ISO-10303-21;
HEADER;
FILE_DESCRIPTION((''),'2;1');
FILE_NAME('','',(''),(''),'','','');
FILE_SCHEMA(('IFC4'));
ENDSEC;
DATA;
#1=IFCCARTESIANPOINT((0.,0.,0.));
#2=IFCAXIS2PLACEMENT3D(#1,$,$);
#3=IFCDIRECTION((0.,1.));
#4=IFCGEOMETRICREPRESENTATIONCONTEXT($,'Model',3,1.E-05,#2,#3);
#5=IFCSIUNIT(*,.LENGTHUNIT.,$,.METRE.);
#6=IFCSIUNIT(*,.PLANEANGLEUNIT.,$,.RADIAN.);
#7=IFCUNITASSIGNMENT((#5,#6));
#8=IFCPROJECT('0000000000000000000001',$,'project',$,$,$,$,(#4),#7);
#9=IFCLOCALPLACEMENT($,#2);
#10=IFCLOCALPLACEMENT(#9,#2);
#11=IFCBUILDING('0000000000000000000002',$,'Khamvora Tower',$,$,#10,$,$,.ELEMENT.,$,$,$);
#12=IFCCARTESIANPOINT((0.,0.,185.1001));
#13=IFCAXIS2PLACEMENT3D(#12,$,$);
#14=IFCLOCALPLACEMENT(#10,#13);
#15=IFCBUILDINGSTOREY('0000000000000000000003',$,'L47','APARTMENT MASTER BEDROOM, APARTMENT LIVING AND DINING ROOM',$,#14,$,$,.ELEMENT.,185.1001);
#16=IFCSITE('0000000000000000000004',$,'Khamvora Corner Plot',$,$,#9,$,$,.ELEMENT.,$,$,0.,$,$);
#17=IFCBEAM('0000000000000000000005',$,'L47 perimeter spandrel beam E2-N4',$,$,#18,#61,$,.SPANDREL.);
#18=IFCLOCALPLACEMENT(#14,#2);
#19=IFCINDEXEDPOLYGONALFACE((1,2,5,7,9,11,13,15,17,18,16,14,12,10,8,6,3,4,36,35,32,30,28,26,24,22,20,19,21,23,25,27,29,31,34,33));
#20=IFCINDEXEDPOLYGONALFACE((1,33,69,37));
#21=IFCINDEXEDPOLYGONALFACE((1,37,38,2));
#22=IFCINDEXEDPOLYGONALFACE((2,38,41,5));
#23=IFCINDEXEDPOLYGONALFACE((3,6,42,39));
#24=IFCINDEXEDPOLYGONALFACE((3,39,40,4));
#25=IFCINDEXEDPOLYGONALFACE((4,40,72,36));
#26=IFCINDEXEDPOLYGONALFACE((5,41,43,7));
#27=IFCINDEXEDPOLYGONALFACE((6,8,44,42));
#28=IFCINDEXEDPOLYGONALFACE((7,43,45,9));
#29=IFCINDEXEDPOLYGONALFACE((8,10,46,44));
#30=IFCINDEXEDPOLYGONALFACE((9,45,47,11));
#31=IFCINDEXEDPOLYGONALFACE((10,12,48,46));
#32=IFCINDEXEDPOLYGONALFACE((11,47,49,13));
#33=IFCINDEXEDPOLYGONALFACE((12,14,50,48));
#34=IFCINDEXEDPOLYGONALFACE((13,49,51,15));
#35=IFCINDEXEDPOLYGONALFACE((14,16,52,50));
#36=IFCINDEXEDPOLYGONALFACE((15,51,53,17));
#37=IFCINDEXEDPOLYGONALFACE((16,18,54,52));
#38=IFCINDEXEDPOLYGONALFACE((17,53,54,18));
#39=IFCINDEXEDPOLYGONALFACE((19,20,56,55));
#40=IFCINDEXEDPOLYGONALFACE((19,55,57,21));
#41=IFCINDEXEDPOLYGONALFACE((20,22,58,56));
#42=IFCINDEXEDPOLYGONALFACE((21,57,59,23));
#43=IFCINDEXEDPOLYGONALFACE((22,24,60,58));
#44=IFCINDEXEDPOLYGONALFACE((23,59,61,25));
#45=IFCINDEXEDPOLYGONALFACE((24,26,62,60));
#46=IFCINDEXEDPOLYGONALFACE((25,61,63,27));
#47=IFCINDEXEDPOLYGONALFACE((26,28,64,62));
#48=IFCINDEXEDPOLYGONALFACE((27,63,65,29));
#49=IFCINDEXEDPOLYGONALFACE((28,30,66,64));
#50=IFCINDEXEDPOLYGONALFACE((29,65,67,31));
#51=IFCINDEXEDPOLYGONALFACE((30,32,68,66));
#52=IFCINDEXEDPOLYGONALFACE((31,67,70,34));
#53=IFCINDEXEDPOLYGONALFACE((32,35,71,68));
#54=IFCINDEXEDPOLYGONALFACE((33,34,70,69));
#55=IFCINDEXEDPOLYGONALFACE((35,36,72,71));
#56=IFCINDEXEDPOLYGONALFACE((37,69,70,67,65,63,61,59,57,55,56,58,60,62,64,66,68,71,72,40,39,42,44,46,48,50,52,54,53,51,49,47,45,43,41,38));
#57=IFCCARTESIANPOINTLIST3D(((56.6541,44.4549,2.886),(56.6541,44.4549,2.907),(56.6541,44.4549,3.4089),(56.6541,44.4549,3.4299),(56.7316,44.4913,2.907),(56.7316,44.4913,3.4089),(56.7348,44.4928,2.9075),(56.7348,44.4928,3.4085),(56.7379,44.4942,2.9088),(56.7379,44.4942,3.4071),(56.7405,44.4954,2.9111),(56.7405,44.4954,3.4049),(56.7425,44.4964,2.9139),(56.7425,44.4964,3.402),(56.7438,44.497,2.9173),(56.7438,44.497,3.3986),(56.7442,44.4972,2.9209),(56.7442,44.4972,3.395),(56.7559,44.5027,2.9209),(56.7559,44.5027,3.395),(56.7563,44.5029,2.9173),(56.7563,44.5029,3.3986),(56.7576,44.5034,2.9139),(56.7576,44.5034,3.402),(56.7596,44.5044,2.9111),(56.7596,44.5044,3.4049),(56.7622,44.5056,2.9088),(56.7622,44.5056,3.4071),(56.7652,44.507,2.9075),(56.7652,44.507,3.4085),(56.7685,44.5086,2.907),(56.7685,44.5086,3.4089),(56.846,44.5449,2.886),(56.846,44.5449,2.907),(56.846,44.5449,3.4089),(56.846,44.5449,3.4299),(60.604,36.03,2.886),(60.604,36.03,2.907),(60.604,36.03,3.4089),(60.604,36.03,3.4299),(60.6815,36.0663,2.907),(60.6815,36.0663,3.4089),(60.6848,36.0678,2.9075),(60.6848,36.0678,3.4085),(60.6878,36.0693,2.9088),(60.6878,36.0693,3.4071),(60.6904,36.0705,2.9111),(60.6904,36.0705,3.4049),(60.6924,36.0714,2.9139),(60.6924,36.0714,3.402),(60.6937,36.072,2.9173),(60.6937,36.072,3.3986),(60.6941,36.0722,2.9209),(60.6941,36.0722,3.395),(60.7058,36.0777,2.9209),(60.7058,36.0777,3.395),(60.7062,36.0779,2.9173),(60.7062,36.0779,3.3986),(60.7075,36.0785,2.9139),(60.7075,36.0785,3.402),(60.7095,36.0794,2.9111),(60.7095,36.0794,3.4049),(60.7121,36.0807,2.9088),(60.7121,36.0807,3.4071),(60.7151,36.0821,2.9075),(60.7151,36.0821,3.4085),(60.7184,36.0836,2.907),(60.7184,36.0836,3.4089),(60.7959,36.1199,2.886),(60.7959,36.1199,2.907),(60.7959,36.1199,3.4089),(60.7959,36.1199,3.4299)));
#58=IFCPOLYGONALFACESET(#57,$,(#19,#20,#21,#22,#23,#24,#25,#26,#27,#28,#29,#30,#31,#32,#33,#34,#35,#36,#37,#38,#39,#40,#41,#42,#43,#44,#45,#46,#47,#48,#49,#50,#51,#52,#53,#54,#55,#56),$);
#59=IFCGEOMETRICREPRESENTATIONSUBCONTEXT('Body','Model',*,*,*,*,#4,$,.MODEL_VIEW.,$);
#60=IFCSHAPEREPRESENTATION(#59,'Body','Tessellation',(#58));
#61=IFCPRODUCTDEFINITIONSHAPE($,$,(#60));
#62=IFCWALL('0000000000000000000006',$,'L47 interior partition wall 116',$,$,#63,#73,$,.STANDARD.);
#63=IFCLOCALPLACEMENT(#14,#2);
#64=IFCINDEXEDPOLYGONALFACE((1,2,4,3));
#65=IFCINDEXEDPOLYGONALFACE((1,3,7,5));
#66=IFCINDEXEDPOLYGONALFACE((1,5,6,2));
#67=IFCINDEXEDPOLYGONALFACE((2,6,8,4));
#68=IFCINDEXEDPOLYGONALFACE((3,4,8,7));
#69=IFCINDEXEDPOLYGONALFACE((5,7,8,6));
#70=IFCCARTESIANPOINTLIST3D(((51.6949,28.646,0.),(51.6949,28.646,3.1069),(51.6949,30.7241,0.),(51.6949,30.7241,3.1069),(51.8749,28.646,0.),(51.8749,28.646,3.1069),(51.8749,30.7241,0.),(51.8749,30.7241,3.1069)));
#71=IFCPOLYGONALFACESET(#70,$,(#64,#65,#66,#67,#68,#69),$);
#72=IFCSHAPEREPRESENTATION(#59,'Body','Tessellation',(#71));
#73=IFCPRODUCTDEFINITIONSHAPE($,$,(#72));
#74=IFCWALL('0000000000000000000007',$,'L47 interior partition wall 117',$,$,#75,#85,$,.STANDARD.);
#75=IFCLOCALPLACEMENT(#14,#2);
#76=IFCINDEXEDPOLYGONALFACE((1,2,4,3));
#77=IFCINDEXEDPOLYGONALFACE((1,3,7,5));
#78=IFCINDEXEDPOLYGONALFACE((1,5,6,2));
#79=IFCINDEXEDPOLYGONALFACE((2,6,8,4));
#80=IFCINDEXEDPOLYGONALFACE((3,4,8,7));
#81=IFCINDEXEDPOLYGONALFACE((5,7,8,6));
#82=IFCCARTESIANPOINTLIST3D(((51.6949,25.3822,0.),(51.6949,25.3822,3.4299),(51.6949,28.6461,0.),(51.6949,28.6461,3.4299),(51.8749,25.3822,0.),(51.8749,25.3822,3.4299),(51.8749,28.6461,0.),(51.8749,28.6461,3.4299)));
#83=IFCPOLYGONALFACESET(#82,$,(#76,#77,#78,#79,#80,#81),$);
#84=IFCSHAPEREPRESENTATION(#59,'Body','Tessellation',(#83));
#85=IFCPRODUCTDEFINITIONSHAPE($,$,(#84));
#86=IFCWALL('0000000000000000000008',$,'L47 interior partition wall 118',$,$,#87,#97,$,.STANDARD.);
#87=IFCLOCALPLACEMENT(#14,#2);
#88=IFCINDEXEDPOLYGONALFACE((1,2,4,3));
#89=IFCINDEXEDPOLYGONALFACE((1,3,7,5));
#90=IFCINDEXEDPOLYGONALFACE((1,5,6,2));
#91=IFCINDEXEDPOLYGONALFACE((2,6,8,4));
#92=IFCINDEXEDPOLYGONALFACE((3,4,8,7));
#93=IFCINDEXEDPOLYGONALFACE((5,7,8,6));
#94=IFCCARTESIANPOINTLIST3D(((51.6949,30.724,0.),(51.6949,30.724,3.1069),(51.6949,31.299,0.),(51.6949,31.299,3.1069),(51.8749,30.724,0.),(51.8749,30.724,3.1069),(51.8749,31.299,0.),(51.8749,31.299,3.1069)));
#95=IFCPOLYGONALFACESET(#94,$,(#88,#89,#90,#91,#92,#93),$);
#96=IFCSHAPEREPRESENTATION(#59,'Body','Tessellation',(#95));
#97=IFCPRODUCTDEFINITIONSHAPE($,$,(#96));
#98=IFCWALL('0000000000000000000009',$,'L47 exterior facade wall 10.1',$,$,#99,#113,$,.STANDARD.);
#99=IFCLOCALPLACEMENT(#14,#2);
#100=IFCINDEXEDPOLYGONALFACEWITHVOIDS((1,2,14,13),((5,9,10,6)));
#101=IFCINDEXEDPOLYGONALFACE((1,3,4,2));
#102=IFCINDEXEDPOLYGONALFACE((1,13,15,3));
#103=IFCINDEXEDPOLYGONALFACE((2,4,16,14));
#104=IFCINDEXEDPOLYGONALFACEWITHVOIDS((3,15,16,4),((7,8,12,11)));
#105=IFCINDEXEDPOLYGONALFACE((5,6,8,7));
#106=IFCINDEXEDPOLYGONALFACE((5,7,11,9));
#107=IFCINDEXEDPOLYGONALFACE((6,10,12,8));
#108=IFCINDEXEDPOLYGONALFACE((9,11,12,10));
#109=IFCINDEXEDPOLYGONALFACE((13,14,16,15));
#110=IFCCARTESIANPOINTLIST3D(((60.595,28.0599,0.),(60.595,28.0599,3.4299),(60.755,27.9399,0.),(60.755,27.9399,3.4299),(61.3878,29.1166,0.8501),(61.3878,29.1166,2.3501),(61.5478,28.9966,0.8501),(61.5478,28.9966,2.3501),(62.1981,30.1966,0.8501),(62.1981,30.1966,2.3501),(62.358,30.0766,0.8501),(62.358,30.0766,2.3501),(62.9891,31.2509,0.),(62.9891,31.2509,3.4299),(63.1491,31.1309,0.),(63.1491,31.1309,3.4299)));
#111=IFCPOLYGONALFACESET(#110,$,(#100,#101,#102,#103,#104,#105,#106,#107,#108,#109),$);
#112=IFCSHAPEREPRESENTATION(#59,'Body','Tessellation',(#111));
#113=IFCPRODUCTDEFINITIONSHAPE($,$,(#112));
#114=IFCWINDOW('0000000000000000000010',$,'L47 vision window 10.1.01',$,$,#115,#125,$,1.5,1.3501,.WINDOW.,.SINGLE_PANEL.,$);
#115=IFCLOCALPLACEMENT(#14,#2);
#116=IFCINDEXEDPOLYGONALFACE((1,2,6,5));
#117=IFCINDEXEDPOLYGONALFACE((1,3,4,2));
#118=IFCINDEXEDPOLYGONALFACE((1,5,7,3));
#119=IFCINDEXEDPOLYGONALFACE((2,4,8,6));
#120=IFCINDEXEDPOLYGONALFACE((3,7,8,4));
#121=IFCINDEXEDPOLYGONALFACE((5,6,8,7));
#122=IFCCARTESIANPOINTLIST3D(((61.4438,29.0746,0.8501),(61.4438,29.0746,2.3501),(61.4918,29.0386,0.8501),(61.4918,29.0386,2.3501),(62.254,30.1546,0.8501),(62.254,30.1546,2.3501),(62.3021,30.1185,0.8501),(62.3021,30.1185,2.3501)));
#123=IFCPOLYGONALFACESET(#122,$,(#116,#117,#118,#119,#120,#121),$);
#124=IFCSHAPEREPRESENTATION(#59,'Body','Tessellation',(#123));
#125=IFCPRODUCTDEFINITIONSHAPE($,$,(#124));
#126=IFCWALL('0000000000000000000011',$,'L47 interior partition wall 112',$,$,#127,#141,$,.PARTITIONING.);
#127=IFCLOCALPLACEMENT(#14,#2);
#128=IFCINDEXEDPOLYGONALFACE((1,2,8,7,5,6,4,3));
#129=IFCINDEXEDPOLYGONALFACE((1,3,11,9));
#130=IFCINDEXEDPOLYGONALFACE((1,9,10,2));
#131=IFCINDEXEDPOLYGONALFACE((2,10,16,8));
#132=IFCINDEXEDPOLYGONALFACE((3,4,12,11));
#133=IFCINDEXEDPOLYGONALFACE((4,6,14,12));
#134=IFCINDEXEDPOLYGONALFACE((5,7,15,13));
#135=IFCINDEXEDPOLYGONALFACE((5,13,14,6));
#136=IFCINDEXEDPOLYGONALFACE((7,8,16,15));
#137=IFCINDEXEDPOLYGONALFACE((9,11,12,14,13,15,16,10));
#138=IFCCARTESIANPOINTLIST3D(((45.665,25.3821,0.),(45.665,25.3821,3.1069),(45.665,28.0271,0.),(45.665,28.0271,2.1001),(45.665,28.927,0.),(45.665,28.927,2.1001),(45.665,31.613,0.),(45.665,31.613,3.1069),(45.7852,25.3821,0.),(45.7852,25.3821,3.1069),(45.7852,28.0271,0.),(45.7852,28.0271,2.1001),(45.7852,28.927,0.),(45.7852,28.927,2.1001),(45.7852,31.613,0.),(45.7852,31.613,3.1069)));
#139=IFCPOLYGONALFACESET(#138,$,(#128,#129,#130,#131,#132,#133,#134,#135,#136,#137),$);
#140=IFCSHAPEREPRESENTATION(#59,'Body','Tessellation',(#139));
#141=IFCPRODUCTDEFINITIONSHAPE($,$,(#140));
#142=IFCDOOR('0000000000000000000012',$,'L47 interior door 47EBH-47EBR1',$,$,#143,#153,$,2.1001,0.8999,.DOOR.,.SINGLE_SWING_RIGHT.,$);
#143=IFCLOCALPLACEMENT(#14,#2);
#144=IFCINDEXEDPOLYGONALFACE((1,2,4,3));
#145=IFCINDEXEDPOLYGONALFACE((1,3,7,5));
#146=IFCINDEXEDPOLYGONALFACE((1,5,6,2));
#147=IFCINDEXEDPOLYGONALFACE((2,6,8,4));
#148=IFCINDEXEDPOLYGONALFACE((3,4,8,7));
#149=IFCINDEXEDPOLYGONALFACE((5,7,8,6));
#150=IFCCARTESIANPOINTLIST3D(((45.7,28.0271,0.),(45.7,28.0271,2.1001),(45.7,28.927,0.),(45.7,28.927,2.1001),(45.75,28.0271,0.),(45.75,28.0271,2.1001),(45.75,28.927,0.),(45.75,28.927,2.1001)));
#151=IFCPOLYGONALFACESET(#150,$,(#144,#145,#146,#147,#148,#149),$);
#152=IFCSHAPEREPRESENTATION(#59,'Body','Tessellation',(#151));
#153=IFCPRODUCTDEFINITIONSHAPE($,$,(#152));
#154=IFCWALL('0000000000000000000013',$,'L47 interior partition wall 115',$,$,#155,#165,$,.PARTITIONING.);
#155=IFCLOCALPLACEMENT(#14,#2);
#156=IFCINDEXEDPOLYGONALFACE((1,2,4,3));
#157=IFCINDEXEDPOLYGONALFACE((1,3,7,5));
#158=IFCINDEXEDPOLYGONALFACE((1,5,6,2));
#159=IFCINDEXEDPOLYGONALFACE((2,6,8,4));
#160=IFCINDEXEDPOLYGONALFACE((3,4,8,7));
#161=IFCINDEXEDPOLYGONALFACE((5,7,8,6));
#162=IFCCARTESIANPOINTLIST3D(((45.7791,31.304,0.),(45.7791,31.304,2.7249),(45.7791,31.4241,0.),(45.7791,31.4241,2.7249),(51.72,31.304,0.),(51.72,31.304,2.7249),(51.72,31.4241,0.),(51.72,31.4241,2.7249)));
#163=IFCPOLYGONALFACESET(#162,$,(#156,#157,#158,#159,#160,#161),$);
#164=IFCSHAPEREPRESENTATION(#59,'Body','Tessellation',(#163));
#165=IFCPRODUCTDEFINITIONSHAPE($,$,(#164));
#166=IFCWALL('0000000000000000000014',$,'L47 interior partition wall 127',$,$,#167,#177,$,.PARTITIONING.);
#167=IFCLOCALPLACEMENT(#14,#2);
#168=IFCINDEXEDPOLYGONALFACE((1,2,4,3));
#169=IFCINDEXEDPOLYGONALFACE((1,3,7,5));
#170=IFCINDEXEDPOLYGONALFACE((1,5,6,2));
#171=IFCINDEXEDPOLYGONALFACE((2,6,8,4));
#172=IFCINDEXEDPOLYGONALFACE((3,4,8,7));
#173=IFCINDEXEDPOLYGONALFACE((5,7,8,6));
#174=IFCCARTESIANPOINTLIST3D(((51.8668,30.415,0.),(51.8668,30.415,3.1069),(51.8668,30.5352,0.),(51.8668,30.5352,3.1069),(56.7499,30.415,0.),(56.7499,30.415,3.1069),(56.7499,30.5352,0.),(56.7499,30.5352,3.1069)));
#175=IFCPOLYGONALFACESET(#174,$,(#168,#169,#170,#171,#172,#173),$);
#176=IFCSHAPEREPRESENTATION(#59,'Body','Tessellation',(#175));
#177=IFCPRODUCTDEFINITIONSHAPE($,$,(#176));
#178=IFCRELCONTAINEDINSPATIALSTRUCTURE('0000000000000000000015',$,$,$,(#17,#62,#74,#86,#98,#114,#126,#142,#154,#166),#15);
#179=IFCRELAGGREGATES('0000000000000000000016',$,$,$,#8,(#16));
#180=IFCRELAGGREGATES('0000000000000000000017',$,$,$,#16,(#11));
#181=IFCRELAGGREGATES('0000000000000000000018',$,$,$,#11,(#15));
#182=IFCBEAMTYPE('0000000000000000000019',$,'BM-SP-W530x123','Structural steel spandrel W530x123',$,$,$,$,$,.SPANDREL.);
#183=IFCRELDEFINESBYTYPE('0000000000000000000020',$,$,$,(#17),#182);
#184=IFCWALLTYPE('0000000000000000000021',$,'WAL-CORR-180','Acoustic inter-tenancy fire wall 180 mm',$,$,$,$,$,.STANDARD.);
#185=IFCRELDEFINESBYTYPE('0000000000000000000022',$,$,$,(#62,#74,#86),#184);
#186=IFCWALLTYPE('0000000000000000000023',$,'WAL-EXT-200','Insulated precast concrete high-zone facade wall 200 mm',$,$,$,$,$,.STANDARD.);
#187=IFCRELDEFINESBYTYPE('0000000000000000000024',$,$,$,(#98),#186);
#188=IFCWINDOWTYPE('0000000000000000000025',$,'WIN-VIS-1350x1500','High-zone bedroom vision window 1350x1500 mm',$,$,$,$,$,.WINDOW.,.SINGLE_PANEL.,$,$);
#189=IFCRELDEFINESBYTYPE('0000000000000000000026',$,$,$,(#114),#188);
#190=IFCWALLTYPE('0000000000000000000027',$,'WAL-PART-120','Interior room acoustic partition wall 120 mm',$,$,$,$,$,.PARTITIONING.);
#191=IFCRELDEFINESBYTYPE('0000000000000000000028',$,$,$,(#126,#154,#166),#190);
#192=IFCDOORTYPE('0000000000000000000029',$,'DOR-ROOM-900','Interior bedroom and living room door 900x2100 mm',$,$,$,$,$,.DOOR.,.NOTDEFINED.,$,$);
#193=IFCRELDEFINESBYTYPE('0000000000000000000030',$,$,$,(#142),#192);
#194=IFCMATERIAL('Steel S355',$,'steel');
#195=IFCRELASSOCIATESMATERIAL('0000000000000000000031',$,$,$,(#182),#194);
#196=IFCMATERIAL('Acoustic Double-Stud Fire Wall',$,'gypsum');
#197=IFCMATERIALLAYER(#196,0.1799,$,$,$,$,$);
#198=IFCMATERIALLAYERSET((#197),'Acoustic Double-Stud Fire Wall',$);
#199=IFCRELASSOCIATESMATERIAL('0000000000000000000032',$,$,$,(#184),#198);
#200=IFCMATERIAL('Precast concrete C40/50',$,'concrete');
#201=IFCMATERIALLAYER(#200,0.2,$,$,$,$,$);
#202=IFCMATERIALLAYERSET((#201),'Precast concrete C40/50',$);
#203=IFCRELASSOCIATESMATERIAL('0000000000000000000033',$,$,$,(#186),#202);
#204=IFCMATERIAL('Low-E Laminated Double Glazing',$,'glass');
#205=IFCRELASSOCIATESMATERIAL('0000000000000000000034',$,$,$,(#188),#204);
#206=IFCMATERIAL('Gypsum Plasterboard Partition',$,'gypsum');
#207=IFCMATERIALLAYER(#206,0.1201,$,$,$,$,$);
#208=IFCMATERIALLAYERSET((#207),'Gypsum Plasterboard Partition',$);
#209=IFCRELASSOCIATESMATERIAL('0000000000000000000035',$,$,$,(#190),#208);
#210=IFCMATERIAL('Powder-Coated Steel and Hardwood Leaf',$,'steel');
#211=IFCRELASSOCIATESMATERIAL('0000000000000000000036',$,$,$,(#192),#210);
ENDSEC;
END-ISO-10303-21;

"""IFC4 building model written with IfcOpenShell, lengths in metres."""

from ifc_helpers import new_model, si_unit, direction, frame, frame_2d, origin, origin_2d, place, context, subcontext, project, spatial, rectangle, i_section, extrude, material, layer, layer_set, material_profile, profile_set, type_object, element, fill, save


model = new_model("IFC4")

# Units and contexts
model_context = context("Model", 3, precision=1e-05, world=origin(), true_north=direction((0.0, 1.0)))
body_context = subcontext(model_context, "Body", "Model", "MODEL_VIEW")
ifc_project = project(units=[si_unit("LENGTHUNIT", "METRE"), si_unit("PLANEANGLEUNIT", "RADIAN")], contexts=[model_context])

# Site, building, storey
site_placement = place(None, origin())
site = spatial("IfcSite", under=ifc_project, at=site_placement, Name="Khamvora Corner Plot", CompositionType="ELEMENT", RefElevation=0.0)
building_placement = place(site_placement, origin())
building = spatial("IfcBuilding", under=site, at=building_placement, Name="Khamvora Tower", CompositionType="ELEMENT")
storey_placement = place(building_placement, frame((0.0, 0.0, 185.1001)))
storey = spatial("IfcBuildingStorey", under=building, at=storey_placement, Name="L47", Description="APARTMENT MASTER BEDROOM, APARTMENT LIVING AND DINING ROOM", CompositionType="ELEMENT", Elevation=185.1001)

# Shared definitions
ifc_material_1 = material(Name="Steel S355", Category="steel")

# Beam
ifc_material_profile_1 = material_profile(ifc_material_1, i_section(OverallWidth=0.2119, OverallDepth=0.5439, WebThickness=0.0129, FlangeThickness=0.021, FilletRadius=0.0139, at=origin_2d()), Name="W530x123")
ifc_profile_set_1 = profile_set([ifc_material_profile_1], Name="Steel S355")
beam_type_1 = type_object("IfcBeamType", Name="BM-SP-W530x123", Description="Structural steel spandrel W530x123", PredefinedType="SPANDREL", material=ifc_profile_set_1)
beam_1_placement = place(storey_placement, frame((60.7, 36.075, 3.158), z_axis=(-0.424496, 0.90543, 0.0), x_axis=(-0.90543, -0.424496, 0.0)))
element("IfcBeam", 1, at=beam_1_placement, inside=storey, type_object=beam_type_1, Name="L47 perimeter spandrel beam E2-N4", PredefinedType="SPANDREL", context=body_context, shape_type="SweptSolid", body=[
    extrude(i_section(OverallWidth=0.2119, OverallDepth=0.5439, WebThickness=0.0129, FlangeThickness=0.021, FilletRadius=0.0139, at=origin_2d()), origin(), (0.0, 0.0, 1.0), 9.3049),
])

# Walls
ifc_material_2 = material(Name="Acoustic Double-Stud Fire Wall", Category="gypsum")
ifc_layer_1 = layer(ifc_material_2, 0.1799)
ifc_layer_set_1 = layer_set([ifc_layer_1], Name="Acoustic Double-Stud Fire Wall")
wall_type_1 = type_object("IfcWallType", Name="WAL-CORR-180", Description="Acoustic inter-tenancy fire wall 180 mm", PredefinedType="STANDARD", material=ifc_layer_set_1)
wall_1_placement = place(storey_placement, frame((51.7849, 30.7241, 0.0), z_axis=(0.0, 0.0, 1.0), x_axis=(0.0, -1.0, 0.0)))
element("IfcWall", 2, at=wall_1_placement, inside=storey, type_object=wall_type_1, Name="L47 interior partition wall 116", PredefinedType="STANDARD", context=body_context, shape_type="SweptSolid", body=[
    extrude(rectangle(XDim=2.0781, YDim=0.1799, at=frame_2d((1.0391, 0.0))), origin(), (0.0, 0.0, 1.0), 3.1069),
])
wall_2_placement = place(storey_placement, frame((51.7849, 28.646, 0.0), z_axis=(0.0, 0.0, 1.0), x_axis=(0.0, -1.0, 0.0)))
element("IfcWall", 3, at=wall_2_placement, inside=storey, type_object=wall_type_1, Name="L47 interior partition wall 117", PredefinedType="STANDARD", context=body_context, shape_type="SweptSolid", body=[
    extrude(rectangle(XDim=3.2639, YDim=0.1799, at=frame_2d((1.6318, 0.0))), origin(), (0.0, 0.0, 1.0), 3.4299),
])
wall_3_placement = place(storey_placement, frame((51.7849, 31.2991, 0.0), z_axis=(0.0, 0.0, 1.0), x_axis=(0.0, -1.0, 0.0)))
element("IfcWall", 4, at=wall_3_placement, inside=storey, type_object=wall_type_1, Name="L47 interior partition wall 118", PredefinedType="STANDARD", context=body_context, shape_type="SweptSolid", body=[
    extrude(rectangle(XDim=0.575, YDim=0.1799, at=frame_2d((0.2876, 0.0))), origin(), (0.0, 0.0, 1.0), 3.1069),
])

# Wall, opening, window
ifc_material_3 = material(Name="Precast concrete C40/50", Category="concrete")
ifc_layer_2 = layer(ifc_material_3, 0.2)
ifc_layer_set_2 = layer_set([ifc_layer_2], Name="Precast concrete C40/50")
wall_type_2 = type_object("IfcWallType", Name="WAL-EXT-200", Description="Insulated precast concrete high-zone facade wall 200 mm", PredefinedType="STANDARD", material=ifc_layer_set_2)
wall_4_placement = place(storey_placement, frame((63.0691, 31.1909, 0.0), z_axis=(0.0, 0.0, 1.0), x_axis=(-0.600137, -0.799897, 0.0)))
wall_4 = element("IfcWall", 5, at=wall_4_placement, inside=storey, type_object=wall_type_2, Name="L47 exterior facade wall 10.1", PredefinedType="STANDARD", context=body_context, shape_type="SweptSolid", body=[
    extrude(rectangle(XDim=3.9893, YDim=0.2, at=frame_2d((1.9946, 0.0))), origin(), (0.0, 0.0, 1.0), 3.4299),
])
opening_1_placement = place(wall_4_placement, frame((1.3181, 0.0, 0.8501)))
opening_1 = element("IfcOpeningElement", 6, at=opening_1_placement, cuts=wall_4, PredefinedType="OPENING", context=body_context, shape_type="SweptSolid", body=[
    extrude(rectangle(XDim=1.3501, YDim=1.5, at=frame_2d((0.675, 0.75))), frame((0.0, 0.1099, 0.0), z_axis=(0.0, -1.0, 0.0), x_axis=(1.0, 0.0, 0.0)), (0.0, 0.0, 1.0), 0.22),
])
ifc_material_4 = material(Name="Low-E Laminated Double Glazing", Category="glass")
window_type = type_object("IfcWindowType", Name="WIN-VIS-1350x1500", Description="High-zone bedroom vision window 1350x1500 mm", PartitioningType="SINGLE_PANEL", PredefinedType="WINDOW", material=ifc_material_4)
window_placement = place(opening_1_placement, origin())
window = element("IfcWindow", 7, at=window_placement, inside=storey, type_object=window_type, Name="L47 vision window 10.1.01", OverallHeight=1.5, OverallWidth=1.3501, PartitioningType="SINGLE_PANEL", PredefinedType="WINDOW", context=body_context, shape_type="SweptSolid", body=[
    extrude(rectangle(XDim=1.3501, YDim=1.5, at=frame_2d((0.675, 0.75))), frame((0.0, 0.03, 0.0), z_axis=(0.0, -1.0, 0.0), x_axis=(1.0, 0.0, 0.0)), (0.0, 0.0, 1.0), 0.0601),
])
fill(opening_1, window)

# Wall, opening, door
ifc_material_5 = material(Name="Gypsum Plasterboard Partition", Category="gypsum")
ifc_layer_3 = layer(ifc_material_5, 0.1201)
ifc_layer_set_3 = layer_set([ifc_layer_3], Name="Gypsum Plasterboard Partition")
wall_type_3 = type_object("IfcWallType", Name="WAL-PART-120", Description="Interior room acoustic partition wall 120 mm", PredefinedType="PARTITIONING", material=ifc_layer_set_3)
wall_5_placement = place(storey_placement, frame((45.7251, 31.613, 0.0), z_axis=(0.0, 0.0, 1.0), x_axis=(0.0, -1.0, 0.0)))
wall_5 = element("IfcWall", 8, at=wall_5_placement, inside=storey, type_object=wall_type_3, Name="L47 interior partition wall 112", PredefinedType="PARTITIONING", context=body_context, shape_type="SweptSolid", body=[
    extrude(rectangle(XDim=6.231, YDim=0.1201, at=frame_2d((3.1155, 0.0))), origin(), (0.0, 0.0, 1.0), 3.1069),
])
opening_2_placement = place(wall_5_placement, frame((2.686, 0.0, 0.0)))
opening_2 = element("IfcOpeningElement", 9, at=opening_2_placement, cuts=wall_5, PredefinedType="OPENING", context=body_context, shape_type="SweptSolid", body=[
    extrude(rectangle(XDim=0.8999, YDim=2.1001, at=frame_2d((0.45, 1.05))), frame((0.0, 0.0701, 0.0), z_axis=(0.0, -1.0, 0.0), x_axis=(1.0, 0.0, 0.0)), (0.0, 0.0, 1.0), 0.1401),
])
ifc_material_6 = material(Name="Powder-Coated Steel and Hardwood Leaf", Category="steel")
door_type_1 = type_object("IfcDoorType", Name="DOR-ROOM-900", Description="Interior bedroom and living room door 900x2100 mm", OperationType="NOTDEFINED", PredefinedType="DOOR", material=ifc_material_6)
door_1_placement = place(opening_2_placement, origin())
door_1 = element("IfcDoor", 10, at=door_1_placement, inside=storey, type_object=door_type_1, Name="L47 interior door 47EBH-47EBR1", OperationType="SINGLE_SWING_RIGHT", OverallHeight=2.1001, OverallWidth=0.8999, PredefinedType="DOOR", context=body_context, shape_type="SweptSolid", body=[
    extrude(rectangle(XDim=0.8999, YDim=2.1001, at=frame_2d((0.45, 1.05))), frame((0.0, 0.0249, 0.0), z_axis=(0.0, -1.0, 0.0), x_axis=(1.0, 0.0, 0.0)), (0.0, 0.0, 1.0), 0.05),
])
fill(opening_2, door_1)

# Walls
wall_6_placement = place(storey_placement, frame((45.7791, 31.364, 0.0), z_axis=(0.0, 0.0, 1.0), x_axis=(1.0, 0.0, 0.0)))
element("IfcWall", 11, at=wall_6_placement, inside=storey, type_object=wall_type_3, Name="L47 interior partition wall 115", PredefinedType="PARTITIONING", context=body_context, shape_type="SweptSolid", body=[
    extrude(rectangle(XDim=5.9409, YDim=0.1201, at=frame_2d((2.9705, 0.0))), origin(), (0.0, 0.0, 1.0), 2.7249),
])
wall_7_placement = place(storey_placement, frame((51.8669, 30.4751, 0.0), z_axis=(0.0, 0.0, 1.0), x_axis=(1.0, 0.0, 0.0)))
element("IfcWall", 12, at=wall_7_placement, inside=storey, type_object=wall_type_3, Name="L47 interior partition wall 127", PredefinedType="PARTITIONING", context=body_context, shape_type="SweptSolid", body=[
    extrude(rectangle(XDim=4.8831, YDim=0.1201, at=frame_2d((2.4414, 0.0))), origin(), (0.0, 0.0, 1.0), 3.1069),
])

save(model, "model.ifc")
